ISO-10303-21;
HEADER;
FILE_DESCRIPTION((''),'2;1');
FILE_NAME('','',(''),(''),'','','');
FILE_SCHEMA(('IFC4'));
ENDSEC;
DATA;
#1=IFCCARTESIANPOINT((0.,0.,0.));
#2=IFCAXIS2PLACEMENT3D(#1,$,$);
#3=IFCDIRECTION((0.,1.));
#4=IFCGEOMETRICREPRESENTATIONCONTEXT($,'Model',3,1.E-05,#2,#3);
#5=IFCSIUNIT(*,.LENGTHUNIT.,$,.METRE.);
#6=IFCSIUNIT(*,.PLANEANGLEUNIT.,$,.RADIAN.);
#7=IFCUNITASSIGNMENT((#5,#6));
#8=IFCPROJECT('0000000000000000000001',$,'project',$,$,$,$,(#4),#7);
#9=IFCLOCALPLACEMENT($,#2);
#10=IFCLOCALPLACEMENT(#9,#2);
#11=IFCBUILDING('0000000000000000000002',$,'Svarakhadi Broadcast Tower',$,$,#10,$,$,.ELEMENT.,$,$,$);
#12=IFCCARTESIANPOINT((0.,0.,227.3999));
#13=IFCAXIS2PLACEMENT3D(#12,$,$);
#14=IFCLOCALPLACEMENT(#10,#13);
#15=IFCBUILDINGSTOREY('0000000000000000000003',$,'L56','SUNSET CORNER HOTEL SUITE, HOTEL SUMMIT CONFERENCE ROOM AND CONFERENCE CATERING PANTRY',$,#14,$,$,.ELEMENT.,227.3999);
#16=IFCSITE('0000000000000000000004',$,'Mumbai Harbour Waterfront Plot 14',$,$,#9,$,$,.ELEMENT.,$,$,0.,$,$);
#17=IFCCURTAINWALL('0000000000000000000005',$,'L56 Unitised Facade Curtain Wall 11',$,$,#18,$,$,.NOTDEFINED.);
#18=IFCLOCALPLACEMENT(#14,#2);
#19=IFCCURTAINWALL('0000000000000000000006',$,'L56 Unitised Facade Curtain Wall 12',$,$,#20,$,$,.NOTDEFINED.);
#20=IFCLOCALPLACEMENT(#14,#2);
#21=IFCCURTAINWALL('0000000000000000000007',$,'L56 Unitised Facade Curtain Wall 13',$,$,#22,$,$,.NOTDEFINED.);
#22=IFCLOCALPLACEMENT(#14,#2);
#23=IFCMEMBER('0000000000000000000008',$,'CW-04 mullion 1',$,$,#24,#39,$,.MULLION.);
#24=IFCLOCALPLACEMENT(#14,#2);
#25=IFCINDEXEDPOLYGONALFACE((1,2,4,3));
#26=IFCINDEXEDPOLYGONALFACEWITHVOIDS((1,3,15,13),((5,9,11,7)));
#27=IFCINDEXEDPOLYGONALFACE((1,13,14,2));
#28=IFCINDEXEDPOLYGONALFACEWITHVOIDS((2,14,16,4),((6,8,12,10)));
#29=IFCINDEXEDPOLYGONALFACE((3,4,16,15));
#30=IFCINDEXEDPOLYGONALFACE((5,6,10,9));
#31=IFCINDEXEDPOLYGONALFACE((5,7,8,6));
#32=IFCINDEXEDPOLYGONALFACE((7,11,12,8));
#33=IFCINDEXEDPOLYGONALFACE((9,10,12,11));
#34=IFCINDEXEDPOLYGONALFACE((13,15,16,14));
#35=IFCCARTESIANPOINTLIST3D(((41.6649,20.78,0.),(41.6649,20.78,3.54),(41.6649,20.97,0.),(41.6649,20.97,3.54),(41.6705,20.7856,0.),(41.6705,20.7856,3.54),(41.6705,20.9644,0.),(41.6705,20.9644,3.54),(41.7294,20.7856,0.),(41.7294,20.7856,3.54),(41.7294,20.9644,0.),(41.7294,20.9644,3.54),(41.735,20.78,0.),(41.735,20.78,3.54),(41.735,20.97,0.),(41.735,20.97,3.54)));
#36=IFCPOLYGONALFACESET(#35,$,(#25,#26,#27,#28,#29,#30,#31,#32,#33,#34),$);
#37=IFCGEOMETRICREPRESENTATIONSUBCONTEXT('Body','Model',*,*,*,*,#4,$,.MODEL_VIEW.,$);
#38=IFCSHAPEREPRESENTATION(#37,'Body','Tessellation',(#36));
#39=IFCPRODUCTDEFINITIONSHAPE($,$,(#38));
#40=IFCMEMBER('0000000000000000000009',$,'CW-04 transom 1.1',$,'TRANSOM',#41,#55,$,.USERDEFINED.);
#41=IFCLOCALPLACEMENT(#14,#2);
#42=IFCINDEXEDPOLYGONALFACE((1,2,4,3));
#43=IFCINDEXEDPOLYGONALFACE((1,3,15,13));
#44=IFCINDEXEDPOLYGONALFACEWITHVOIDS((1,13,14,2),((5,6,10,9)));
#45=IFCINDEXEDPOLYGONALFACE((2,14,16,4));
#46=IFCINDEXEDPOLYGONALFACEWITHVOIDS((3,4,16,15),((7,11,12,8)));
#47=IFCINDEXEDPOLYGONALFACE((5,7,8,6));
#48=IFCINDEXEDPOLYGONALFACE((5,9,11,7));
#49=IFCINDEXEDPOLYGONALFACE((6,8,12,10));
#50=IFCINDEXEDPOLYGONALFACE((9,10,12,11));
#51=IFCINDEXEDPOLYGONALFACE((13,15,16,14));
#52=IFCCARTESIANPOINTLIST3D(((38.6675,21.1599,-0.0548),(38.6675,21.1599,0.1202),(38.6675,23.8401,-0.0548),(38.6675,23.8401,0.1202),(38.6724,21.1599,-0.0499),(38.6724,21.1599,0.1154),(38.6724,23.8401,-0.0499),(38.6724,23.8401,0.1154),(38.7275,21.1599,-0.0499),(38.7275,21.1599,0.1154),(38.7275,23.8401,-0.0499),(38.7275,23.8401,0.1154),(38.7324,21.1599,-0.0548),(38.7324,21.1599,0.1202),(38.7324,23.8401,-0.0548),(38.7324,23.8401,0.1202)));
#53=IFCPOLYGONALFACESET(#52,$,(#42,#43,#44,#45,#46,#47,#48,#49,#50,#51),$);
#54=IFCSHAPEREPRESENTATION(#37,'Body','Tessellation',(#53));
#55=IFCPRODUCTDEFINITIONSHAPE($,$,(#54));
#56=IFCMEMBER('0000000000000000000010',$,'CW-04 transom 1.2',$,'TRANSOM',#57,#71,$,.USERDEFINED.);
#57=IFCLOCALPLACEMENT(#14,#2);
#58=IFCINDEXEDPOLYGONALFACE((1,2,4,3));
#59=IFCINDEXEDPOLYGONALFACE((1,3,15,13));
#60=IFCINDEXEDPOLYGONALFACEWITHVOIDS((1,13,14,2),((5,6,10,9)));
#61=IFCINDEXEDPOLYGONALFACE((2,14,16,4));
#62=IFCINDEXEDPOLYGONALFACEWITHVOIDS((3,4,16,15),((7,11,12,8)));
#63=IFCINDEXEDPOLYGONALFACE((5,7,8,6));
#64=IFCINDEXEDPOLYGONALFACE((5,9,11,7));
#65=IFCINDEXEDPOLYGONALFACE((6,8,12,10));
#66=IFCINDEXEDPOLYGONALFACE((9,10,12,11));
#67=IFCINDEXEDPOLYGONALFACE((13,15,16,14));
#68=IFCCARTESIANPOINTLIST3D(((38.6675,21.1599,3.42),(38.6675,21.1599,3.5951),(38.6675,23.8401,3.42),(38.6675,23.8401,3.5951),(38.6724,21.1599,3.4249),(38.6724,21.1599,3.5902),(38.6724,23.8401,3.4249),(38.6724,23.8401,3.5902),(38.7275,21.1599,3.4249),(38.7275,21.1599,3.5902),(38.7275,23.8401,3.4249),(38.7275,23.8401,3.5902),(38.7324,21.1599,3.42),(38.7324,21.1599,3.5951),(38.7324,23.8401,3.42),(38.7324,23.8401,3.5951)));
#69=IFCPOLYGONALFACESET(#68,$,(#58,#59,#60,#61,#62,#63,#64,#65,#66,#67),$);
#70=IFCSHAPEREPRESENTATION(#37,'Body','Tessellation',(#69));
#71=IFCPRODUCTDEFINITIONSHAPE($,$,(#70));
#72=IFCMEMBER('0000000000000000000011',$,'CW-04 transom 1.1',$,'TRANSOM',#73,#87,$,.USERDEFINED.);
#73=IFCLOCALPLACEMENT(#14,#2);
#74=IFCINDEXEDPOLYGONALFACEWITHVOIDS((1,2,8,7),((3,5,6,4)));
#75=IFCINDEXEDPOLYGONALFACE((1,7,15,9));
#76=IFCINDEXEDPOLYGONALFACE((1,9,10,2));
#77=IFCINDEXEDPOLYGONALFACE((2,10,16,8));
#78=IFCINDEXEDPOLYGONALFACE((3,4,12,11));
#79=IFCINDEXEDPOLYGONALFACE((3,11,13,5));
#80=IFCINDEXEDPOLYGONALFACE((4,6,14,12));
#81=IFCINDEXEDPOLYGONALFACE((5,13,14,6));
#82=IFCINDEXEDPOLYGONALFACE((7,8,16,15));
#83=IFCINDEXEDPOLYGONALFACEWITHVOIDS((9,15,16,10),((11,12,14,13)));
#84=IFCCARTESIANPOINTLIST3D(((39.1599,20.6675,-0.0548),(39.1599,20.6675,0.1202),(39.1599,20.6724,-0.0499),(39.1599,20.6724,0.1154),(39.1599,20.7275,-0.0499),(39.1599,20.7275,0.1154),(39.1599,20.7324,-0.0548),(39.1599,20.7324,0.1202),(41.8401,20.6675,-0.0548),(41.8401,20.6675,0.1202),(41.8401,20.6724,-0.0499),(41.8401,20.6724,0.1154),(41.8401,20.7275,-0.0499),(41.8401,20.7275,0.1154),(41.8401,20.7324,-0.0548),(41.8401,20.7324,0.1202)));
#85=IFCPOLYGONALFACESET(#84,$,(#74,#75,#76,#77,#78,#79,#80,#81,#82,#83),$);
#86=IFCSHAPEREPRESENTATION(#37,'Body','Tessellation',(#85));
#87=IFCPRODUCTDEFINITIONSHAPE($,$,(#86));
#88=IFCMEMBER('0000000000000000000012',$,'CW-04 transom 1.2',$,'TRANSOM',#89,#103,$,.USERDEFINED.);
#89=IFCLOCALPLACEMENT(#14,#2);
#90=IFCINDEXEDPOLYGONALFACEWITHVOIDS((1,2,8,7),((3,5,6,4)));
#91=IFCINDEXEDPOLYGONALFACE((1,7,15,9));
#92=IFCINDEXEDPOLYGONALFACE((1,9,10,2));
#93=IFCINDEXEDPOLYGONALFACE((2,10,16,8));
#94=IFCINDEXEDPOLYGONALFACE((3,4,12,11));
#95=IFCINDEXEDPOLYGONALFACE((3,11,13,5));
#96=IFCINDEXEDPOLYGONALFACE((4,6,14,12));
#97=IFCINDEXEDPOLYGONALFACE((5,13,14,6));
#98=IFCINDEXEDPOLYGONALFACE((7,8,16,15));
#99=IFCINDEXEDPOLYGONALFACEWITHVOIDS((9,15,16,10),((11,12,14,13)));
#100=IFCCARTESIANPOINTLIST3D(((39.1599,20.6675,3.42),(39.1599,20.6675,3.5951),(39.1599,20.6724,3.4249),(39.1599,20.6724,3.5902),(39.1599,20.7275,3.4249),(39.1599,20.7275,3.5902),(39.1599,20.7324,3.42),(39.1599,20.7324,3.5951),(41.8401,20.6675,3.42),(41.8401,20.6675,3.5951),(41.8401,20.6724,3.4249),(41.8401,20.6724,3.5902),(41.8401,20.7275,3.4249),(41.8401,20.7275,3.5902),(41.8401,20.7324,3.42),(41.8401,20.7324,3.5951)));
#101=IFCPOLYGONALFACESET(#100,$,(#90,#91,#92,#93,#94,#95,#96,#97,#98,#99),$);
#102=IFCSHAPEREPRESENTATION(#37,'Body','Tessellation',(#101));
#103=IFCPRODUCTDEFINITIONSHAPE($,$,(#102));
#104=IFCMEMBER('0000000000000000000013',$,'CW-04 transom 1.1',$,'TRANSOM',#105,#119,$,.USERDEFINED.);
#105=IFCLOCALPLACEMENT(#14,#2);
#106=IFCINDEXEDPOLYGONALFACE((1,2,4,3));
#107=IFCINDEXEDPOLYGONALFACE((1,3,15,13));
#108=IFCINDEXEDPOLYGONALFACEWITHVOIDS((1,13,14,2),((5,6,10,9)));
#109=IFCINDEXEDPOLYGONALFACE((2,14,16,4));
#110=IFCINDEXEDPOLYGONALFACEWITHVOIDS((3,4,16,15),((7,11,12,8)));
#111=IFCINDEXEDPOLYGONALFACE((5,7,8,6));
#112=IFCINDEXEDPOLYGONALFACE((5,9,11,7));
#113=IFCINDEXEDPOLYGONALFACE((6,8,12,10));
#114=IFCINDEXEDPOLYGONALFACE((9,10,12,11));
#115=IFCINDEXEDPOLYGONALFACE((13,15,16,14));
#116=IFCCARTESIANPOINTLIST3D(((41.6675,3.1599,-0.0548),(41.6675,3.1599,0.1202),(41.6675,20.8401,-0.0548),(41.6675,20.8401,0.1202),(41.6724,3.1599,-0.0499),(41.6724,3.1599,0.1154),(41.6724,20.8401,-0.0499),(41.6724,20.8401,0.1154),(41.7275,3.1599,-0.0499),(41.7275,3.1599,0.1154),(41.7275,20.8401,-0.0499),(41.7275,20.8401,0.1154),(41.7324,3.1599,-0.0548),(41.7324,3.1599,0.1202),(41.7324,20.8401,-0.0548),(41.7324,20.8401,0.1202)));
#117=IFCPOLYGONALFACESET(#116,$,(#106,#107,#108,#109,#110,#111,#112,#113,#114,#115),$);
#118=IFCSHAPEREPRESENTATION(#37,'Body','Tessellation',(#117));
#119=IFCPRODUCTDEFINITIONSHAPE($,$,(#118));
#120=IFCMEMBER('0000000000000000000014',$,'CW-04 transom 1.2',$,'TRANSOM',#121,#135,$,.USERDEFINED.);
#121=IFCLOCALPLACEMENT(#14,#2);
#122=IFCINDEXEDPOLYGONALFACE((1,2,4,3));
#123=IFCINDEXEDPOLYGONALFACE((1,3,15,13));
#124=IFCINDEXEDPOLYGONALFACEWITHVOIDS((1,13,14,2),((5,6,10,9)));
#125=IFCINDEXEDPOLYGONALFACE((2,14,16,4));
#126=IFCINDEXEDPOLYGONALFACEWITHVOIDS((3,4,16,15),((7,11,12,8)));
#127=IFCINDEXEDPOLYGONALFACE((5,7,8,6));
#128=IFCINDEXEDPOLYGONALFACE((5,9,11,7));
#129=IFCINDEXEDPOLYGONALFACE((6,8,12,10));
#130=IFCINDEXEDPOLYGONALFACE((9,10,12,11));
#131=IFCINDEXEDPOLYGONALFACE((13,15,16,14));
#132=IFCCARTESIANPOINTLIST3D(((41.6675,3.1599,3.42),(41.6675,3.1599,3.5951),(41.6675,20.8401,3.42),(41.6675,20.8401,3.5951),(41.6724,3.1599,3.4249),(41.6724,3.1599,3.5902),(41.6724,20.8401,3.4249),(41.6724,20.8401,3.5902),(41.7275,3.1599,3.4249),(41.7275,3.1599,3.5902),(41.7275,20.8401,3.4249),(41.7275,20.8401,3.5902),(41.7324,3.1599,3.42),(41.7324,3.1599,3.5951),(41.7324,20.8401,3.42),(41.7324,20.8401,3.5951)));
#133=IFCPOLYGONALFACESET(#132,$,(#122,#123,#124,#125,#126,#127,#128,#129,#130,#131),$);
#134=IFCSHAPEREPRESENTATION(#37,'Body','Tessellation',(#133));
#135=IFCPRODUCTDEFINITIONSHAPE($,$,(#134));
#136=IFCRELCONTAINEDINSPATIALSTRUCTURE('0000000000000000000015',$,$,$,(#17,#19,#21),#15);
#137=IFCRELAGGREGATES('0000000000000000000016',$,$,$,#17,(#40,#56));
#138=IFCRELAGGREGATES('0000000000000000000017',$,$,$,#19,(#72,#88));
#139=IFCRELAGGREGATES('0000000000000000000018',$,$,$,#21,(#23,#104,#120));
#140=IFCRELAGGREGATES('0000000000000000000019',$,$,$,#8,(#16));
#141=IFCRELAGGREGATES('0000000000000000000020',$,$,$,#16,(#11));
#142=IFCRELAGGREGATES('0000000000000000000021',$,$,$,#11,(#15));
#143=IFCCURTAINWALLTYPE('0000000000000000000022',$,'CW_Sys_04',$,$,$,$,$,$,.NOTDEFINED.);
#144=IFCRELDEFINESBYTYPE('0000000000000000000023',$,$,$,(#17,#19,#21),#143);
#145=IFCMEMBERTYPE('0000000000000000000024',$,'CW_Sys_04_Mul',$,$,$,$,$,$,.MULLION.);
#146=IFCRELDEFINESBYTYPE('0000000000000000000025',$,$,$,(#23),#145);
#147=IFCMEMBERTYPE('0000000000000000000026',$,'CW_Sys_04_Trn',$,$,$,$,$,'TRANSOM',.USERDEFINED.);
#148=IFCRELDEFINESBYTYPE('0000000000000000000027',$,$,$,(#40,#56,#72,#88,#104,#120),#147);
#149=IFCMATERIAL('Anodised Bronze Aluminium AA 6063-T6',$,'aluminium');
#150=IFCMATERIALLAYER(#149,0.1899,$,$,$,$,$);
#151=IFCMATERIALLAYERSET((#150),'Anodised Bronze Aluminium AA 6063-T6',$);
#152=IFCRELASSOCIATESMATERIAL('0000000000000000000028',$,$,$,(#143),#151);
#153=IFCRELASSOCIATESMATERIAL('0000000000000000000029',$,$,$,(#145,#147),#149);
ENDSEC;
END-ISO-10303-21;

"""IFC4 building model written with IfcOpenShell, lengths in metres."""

from ifc_helpers import new_model, si_unit, direction, frame, origin, origin_2d, place, context, subcontext, project, spatial, hollow_rectangle, extrude, material, layer, layer_set, material_profile, profile_set, type_object, element, aggregate, save


model = new_model("IFC4")

# Units and contexts
model_context = context("Model", 3, precision=1e-05, world=origin(), true_north=direction((0.0, 1.0)))
body_context = subcontext(model_context, "Body", "Model", "MODEL_VIEW")
ifc_project = project(units=[si_unit("LENGTHUNIT", "METRE"), si_unit("PLANEANGLEUNIT", "RADIAN")], contexts=[model_context])

# Site, building, storey
site_placement = place(None, origin())
site = spatial("IfcSite", under=ifc_project, at=site_placement, Name="Mumbai Harbour Waterfront Plot 14", CompositionType="ELEMENT", RefElevation=0.0)
building_placement = place(site_placement, origin())
building = spatial("IfcBuilding", under=site, at=building_placement, Name="Svarakhadi Broadcast Tower", CompositionType="ELEMENT")
storey_placement = place(building_placement, frame((0.0, 0.0, 227.3999)))
storey = spatial("IfcBuildingStorey", under=building, at=storey_placement, Name="L56", Description="SUNSET CORNER HOTEL SUITE, HOTEL SUMMIT CONFERENCE ROOM AND CONFERENCE CATERING PANTRY", CompositionType="ELEMENT", Elevation=227.3999)

# Shared definitions
ifc_material_1 = material(Name="Anodised Bronze Aluminium AA 6063-T6", Category="aluminium")
ifc_layer_1 = layer(ifc_material_1, 0.1899)
ifc_layer_set_1 = layer_set([ifc_layer_1], Name="Anodised Bronze Aluminium AA 6063-T6")
curtain_wall_type = type_object("IfcCurtainWallType", Name="CW_Sys_04", PredefinedType="NOTDEFINED", material=ifc_layer_set_1)
ifc_material_profile_1 = material_profile(ifc_material_1, hollow_rectangle(XDim=0.0701, YDim=0.1899, WallThickness=0.0056, at=origin_2d()), Name="ALU MULLION 190x70x6")
ifc_profile_set_1 = profile_set([ifc_material_profile_1], Name="Anodised Bronze Aluminium AA 6063-T6")
member_type_1 = type_object("IfcMemberType", Name="CW_Sys_04_Mul", PredefinedType="MULLION", material=ifc_profile_set_1)

# Curtain walls
curtain_wall_1_placement = place(storey_placement, origin())
curtain_wall_1 = element("IfcCurtainWall", 1, at=curtain_wall_1_placement, inside=storey, type_object=curtain_wall_type, Name="L56 Unitised Facade Curtain Wall 11", PredefinedType="NOTDEFINED")
curtain_wall_2_placement = place(storey_placement, origin())
curtain_wall_2 = element("IfcCurtainWall", 2, at=curtain_wall_2_placement, inside=storey, type_object=curtain_wall_type, Name="L56 Unitised Facade Curtain Wall 12", PredefinedType="NOTDEFINED")

# Curtain wall, member
curtain_wall_3_placement = place(storey_placement, origin())
curtain_wall_3 = element("IfcCurtainWall", 3, at=curtain_wall_3_placement, inside=storey, type_object=curtain_wall_type, Name="L56 Unitised Facade Curtain Wall 13", PredefinedType="NOTDEFINED")
member_1_placement = place(storey_placement, frame((41.7, 20.875, 0.0), z_axis=(0.0, 0.0, 1.0), x_axis=(1.0, 0.0, 0.0)))
member_1 = element("IfcMember", 4, at=member_1_placement, type_object=member_type_1, Name="CW-04 mullion 1", PredefinedType="MULLION", context=body_context, shape_type="SweptSolid", body=[
    extrude(hollow_rectangle(XDim=0.0701, YDim=0.1899, WallThickness=0.0056, at=origin_2d()), origin(), (0.0, 0.0, 1.0), 3.54),
])

# Members
ifc_material_profile_2 = material_profile(ifc_material_1, hollow_rectangle(XDim=0.0649, YDim=0.175, WallThickness=0.0049, at=origin_2d()), Name="ALU TRANSOM 175x65x5")
ifc_profile_set_2 = profile_set([ifc_material_profile_2], Name="Anodised Bronze Aluminium AA 6063-T6")
member_type_2 = type_object("IfcMemberType", Name="CW_Sys_04_Trn", ElementType="TRANSOM", PredefinedType="USERDEFINED", material=ifc_profile_set_2)
member_2_placement = place(storey_placement, frame((38.7, 23.8401, 0.0327), z_axis=(0.0, -1.0, 0.0), x_axis=(1.0, 0.0, 0.0)))
member_2 = element("IfcMember", 5, at=member_2_placement, type_object=member_type_2, Name="CW-04 transom 1.1", ObjectType="TRANSOM", PredefinedType="USERDEFINED", context=body_context, shape_type="SweptSolid", body=[
    extrude(hollow_rectangle(XDim=0.0649, YDim=0.175, WallThickness=0.0049, at=origin_2d()), origin(), (0.0, 0.0, 1.0), 2.6802),
])
member_3_placement = place(storey_placement, frame((38.7, 23.8401, 3.5076), z_axis=(0.0, -1.0, 0.0), x_axis=(1.0, 0.0, 0.0)))
member_3 = element("IfcMember", 6, at=member_3_placement, type_object=member_type_2, Name="CW-04 transom 1.2", ObjectType="TRANSOM", PredefinedType="USERDEFINED", context=body_context, shape_type="SweptSolid", body=[
    extrude(hollow_rectangle(XDim=0.0649, YDim=0.175, WallThickness=0.0049, at=origin_2d()), origin(), (0.0, 0.0, 1.0), 2.6802),
])
member_4_placement = place(storey_placement, frame((39.1599, 20.7, 0.0327), z_axis=(1.0, 0.0, 0.0), x_axis=(0.0, 1.0, 0.0)))
member_4 = element("IfcMember", 7, at=member_4_placement, type_object=member_type_2, Name="CW-04 transom 1.1", ObjectType="TRANSOM", PredefinedType="USERDEFINED", context=body_context, shape_type="SweptSolid", body=[
    extrude(hollow_rectangle(XDim=0.0649, YDim=0.175, WallThickness=0.0049, at=origin_2d()), origin(), (0.0, 0.0, 1.0), 2.6802),
])
member_5_placement = place(storey_placement, frame((39.1599, 20.7, 3.5076), z_axis=(1.0, 0.0, 0.0), x_axis=(0.0, 1.0, 0.0)))
member_5 = element("IfcMember", 8, at=member_5_placement, type_object=member_type_2, Name="CW-04 transom 1.2", ObjectType="TRANSOM", PredefinedType="USERDEFINED", context=body_context, shape_type="SweptSolid", body=[
    extrude(hollow_rectangle(XDim=0.0649, YDim=0.175, WallThickness=0.0049, at=origin_2d()), origin(), (0.0, 0.0, 1.0), 2.6802),
])
member_6_placement = place(storey_placement, frame((41.7, 20.8401, 0.0327), z_axis=(0.0, -1.0, 0.0), x_axis=(1.0, 0.0, 0.0)))
member_6 = element("IfcMember", 9, at=member_6_placement, type_object=member_type_2, Name="CW-04 transom 1.1", ObjectType="TRANSOM", PredefinedType="USERDEFINED", context=body_context, shape_type="SweptSolid", body=[
    extrude(hollow_rectangle(XDim=0.0649, YDim=0.175, WallThickness=0.0049, at=origin_2d()), origin(), (0.0, 0.0, 1.0), 17.6802),
])
member_7_placement = place(storey_placement, frame((41.7, 20.8401, 3.5076), z_axis=(0.0, -1.0, 0.0), x_axis=(1.0, 0.0, 0.0)))
member_7 = element("IfcMember", 10, at=member_7_placement, type_object=member_type_2, Name="CW-04 transom 1.2", ObjectType="TRANSOM", PredefinedType="USERDEFINED", context=body_context, shape_type="SweptSolid", body=[
    extrude(hollow_rectangle(XDim=0.0649, YDim=0.175, WallThickness=0.0049, at=origin_2d()), origin(), (0.0, 0.0, 1.0), 17.6802),
])

aggregate(curtain_wall_1, [member_2, member_3])
aggregate(curtain_wall_2, [member_4, member_5])
aggregate(curtain_wall_3, [member_1, member_6, member_7])

save(model, "model.ifc")
